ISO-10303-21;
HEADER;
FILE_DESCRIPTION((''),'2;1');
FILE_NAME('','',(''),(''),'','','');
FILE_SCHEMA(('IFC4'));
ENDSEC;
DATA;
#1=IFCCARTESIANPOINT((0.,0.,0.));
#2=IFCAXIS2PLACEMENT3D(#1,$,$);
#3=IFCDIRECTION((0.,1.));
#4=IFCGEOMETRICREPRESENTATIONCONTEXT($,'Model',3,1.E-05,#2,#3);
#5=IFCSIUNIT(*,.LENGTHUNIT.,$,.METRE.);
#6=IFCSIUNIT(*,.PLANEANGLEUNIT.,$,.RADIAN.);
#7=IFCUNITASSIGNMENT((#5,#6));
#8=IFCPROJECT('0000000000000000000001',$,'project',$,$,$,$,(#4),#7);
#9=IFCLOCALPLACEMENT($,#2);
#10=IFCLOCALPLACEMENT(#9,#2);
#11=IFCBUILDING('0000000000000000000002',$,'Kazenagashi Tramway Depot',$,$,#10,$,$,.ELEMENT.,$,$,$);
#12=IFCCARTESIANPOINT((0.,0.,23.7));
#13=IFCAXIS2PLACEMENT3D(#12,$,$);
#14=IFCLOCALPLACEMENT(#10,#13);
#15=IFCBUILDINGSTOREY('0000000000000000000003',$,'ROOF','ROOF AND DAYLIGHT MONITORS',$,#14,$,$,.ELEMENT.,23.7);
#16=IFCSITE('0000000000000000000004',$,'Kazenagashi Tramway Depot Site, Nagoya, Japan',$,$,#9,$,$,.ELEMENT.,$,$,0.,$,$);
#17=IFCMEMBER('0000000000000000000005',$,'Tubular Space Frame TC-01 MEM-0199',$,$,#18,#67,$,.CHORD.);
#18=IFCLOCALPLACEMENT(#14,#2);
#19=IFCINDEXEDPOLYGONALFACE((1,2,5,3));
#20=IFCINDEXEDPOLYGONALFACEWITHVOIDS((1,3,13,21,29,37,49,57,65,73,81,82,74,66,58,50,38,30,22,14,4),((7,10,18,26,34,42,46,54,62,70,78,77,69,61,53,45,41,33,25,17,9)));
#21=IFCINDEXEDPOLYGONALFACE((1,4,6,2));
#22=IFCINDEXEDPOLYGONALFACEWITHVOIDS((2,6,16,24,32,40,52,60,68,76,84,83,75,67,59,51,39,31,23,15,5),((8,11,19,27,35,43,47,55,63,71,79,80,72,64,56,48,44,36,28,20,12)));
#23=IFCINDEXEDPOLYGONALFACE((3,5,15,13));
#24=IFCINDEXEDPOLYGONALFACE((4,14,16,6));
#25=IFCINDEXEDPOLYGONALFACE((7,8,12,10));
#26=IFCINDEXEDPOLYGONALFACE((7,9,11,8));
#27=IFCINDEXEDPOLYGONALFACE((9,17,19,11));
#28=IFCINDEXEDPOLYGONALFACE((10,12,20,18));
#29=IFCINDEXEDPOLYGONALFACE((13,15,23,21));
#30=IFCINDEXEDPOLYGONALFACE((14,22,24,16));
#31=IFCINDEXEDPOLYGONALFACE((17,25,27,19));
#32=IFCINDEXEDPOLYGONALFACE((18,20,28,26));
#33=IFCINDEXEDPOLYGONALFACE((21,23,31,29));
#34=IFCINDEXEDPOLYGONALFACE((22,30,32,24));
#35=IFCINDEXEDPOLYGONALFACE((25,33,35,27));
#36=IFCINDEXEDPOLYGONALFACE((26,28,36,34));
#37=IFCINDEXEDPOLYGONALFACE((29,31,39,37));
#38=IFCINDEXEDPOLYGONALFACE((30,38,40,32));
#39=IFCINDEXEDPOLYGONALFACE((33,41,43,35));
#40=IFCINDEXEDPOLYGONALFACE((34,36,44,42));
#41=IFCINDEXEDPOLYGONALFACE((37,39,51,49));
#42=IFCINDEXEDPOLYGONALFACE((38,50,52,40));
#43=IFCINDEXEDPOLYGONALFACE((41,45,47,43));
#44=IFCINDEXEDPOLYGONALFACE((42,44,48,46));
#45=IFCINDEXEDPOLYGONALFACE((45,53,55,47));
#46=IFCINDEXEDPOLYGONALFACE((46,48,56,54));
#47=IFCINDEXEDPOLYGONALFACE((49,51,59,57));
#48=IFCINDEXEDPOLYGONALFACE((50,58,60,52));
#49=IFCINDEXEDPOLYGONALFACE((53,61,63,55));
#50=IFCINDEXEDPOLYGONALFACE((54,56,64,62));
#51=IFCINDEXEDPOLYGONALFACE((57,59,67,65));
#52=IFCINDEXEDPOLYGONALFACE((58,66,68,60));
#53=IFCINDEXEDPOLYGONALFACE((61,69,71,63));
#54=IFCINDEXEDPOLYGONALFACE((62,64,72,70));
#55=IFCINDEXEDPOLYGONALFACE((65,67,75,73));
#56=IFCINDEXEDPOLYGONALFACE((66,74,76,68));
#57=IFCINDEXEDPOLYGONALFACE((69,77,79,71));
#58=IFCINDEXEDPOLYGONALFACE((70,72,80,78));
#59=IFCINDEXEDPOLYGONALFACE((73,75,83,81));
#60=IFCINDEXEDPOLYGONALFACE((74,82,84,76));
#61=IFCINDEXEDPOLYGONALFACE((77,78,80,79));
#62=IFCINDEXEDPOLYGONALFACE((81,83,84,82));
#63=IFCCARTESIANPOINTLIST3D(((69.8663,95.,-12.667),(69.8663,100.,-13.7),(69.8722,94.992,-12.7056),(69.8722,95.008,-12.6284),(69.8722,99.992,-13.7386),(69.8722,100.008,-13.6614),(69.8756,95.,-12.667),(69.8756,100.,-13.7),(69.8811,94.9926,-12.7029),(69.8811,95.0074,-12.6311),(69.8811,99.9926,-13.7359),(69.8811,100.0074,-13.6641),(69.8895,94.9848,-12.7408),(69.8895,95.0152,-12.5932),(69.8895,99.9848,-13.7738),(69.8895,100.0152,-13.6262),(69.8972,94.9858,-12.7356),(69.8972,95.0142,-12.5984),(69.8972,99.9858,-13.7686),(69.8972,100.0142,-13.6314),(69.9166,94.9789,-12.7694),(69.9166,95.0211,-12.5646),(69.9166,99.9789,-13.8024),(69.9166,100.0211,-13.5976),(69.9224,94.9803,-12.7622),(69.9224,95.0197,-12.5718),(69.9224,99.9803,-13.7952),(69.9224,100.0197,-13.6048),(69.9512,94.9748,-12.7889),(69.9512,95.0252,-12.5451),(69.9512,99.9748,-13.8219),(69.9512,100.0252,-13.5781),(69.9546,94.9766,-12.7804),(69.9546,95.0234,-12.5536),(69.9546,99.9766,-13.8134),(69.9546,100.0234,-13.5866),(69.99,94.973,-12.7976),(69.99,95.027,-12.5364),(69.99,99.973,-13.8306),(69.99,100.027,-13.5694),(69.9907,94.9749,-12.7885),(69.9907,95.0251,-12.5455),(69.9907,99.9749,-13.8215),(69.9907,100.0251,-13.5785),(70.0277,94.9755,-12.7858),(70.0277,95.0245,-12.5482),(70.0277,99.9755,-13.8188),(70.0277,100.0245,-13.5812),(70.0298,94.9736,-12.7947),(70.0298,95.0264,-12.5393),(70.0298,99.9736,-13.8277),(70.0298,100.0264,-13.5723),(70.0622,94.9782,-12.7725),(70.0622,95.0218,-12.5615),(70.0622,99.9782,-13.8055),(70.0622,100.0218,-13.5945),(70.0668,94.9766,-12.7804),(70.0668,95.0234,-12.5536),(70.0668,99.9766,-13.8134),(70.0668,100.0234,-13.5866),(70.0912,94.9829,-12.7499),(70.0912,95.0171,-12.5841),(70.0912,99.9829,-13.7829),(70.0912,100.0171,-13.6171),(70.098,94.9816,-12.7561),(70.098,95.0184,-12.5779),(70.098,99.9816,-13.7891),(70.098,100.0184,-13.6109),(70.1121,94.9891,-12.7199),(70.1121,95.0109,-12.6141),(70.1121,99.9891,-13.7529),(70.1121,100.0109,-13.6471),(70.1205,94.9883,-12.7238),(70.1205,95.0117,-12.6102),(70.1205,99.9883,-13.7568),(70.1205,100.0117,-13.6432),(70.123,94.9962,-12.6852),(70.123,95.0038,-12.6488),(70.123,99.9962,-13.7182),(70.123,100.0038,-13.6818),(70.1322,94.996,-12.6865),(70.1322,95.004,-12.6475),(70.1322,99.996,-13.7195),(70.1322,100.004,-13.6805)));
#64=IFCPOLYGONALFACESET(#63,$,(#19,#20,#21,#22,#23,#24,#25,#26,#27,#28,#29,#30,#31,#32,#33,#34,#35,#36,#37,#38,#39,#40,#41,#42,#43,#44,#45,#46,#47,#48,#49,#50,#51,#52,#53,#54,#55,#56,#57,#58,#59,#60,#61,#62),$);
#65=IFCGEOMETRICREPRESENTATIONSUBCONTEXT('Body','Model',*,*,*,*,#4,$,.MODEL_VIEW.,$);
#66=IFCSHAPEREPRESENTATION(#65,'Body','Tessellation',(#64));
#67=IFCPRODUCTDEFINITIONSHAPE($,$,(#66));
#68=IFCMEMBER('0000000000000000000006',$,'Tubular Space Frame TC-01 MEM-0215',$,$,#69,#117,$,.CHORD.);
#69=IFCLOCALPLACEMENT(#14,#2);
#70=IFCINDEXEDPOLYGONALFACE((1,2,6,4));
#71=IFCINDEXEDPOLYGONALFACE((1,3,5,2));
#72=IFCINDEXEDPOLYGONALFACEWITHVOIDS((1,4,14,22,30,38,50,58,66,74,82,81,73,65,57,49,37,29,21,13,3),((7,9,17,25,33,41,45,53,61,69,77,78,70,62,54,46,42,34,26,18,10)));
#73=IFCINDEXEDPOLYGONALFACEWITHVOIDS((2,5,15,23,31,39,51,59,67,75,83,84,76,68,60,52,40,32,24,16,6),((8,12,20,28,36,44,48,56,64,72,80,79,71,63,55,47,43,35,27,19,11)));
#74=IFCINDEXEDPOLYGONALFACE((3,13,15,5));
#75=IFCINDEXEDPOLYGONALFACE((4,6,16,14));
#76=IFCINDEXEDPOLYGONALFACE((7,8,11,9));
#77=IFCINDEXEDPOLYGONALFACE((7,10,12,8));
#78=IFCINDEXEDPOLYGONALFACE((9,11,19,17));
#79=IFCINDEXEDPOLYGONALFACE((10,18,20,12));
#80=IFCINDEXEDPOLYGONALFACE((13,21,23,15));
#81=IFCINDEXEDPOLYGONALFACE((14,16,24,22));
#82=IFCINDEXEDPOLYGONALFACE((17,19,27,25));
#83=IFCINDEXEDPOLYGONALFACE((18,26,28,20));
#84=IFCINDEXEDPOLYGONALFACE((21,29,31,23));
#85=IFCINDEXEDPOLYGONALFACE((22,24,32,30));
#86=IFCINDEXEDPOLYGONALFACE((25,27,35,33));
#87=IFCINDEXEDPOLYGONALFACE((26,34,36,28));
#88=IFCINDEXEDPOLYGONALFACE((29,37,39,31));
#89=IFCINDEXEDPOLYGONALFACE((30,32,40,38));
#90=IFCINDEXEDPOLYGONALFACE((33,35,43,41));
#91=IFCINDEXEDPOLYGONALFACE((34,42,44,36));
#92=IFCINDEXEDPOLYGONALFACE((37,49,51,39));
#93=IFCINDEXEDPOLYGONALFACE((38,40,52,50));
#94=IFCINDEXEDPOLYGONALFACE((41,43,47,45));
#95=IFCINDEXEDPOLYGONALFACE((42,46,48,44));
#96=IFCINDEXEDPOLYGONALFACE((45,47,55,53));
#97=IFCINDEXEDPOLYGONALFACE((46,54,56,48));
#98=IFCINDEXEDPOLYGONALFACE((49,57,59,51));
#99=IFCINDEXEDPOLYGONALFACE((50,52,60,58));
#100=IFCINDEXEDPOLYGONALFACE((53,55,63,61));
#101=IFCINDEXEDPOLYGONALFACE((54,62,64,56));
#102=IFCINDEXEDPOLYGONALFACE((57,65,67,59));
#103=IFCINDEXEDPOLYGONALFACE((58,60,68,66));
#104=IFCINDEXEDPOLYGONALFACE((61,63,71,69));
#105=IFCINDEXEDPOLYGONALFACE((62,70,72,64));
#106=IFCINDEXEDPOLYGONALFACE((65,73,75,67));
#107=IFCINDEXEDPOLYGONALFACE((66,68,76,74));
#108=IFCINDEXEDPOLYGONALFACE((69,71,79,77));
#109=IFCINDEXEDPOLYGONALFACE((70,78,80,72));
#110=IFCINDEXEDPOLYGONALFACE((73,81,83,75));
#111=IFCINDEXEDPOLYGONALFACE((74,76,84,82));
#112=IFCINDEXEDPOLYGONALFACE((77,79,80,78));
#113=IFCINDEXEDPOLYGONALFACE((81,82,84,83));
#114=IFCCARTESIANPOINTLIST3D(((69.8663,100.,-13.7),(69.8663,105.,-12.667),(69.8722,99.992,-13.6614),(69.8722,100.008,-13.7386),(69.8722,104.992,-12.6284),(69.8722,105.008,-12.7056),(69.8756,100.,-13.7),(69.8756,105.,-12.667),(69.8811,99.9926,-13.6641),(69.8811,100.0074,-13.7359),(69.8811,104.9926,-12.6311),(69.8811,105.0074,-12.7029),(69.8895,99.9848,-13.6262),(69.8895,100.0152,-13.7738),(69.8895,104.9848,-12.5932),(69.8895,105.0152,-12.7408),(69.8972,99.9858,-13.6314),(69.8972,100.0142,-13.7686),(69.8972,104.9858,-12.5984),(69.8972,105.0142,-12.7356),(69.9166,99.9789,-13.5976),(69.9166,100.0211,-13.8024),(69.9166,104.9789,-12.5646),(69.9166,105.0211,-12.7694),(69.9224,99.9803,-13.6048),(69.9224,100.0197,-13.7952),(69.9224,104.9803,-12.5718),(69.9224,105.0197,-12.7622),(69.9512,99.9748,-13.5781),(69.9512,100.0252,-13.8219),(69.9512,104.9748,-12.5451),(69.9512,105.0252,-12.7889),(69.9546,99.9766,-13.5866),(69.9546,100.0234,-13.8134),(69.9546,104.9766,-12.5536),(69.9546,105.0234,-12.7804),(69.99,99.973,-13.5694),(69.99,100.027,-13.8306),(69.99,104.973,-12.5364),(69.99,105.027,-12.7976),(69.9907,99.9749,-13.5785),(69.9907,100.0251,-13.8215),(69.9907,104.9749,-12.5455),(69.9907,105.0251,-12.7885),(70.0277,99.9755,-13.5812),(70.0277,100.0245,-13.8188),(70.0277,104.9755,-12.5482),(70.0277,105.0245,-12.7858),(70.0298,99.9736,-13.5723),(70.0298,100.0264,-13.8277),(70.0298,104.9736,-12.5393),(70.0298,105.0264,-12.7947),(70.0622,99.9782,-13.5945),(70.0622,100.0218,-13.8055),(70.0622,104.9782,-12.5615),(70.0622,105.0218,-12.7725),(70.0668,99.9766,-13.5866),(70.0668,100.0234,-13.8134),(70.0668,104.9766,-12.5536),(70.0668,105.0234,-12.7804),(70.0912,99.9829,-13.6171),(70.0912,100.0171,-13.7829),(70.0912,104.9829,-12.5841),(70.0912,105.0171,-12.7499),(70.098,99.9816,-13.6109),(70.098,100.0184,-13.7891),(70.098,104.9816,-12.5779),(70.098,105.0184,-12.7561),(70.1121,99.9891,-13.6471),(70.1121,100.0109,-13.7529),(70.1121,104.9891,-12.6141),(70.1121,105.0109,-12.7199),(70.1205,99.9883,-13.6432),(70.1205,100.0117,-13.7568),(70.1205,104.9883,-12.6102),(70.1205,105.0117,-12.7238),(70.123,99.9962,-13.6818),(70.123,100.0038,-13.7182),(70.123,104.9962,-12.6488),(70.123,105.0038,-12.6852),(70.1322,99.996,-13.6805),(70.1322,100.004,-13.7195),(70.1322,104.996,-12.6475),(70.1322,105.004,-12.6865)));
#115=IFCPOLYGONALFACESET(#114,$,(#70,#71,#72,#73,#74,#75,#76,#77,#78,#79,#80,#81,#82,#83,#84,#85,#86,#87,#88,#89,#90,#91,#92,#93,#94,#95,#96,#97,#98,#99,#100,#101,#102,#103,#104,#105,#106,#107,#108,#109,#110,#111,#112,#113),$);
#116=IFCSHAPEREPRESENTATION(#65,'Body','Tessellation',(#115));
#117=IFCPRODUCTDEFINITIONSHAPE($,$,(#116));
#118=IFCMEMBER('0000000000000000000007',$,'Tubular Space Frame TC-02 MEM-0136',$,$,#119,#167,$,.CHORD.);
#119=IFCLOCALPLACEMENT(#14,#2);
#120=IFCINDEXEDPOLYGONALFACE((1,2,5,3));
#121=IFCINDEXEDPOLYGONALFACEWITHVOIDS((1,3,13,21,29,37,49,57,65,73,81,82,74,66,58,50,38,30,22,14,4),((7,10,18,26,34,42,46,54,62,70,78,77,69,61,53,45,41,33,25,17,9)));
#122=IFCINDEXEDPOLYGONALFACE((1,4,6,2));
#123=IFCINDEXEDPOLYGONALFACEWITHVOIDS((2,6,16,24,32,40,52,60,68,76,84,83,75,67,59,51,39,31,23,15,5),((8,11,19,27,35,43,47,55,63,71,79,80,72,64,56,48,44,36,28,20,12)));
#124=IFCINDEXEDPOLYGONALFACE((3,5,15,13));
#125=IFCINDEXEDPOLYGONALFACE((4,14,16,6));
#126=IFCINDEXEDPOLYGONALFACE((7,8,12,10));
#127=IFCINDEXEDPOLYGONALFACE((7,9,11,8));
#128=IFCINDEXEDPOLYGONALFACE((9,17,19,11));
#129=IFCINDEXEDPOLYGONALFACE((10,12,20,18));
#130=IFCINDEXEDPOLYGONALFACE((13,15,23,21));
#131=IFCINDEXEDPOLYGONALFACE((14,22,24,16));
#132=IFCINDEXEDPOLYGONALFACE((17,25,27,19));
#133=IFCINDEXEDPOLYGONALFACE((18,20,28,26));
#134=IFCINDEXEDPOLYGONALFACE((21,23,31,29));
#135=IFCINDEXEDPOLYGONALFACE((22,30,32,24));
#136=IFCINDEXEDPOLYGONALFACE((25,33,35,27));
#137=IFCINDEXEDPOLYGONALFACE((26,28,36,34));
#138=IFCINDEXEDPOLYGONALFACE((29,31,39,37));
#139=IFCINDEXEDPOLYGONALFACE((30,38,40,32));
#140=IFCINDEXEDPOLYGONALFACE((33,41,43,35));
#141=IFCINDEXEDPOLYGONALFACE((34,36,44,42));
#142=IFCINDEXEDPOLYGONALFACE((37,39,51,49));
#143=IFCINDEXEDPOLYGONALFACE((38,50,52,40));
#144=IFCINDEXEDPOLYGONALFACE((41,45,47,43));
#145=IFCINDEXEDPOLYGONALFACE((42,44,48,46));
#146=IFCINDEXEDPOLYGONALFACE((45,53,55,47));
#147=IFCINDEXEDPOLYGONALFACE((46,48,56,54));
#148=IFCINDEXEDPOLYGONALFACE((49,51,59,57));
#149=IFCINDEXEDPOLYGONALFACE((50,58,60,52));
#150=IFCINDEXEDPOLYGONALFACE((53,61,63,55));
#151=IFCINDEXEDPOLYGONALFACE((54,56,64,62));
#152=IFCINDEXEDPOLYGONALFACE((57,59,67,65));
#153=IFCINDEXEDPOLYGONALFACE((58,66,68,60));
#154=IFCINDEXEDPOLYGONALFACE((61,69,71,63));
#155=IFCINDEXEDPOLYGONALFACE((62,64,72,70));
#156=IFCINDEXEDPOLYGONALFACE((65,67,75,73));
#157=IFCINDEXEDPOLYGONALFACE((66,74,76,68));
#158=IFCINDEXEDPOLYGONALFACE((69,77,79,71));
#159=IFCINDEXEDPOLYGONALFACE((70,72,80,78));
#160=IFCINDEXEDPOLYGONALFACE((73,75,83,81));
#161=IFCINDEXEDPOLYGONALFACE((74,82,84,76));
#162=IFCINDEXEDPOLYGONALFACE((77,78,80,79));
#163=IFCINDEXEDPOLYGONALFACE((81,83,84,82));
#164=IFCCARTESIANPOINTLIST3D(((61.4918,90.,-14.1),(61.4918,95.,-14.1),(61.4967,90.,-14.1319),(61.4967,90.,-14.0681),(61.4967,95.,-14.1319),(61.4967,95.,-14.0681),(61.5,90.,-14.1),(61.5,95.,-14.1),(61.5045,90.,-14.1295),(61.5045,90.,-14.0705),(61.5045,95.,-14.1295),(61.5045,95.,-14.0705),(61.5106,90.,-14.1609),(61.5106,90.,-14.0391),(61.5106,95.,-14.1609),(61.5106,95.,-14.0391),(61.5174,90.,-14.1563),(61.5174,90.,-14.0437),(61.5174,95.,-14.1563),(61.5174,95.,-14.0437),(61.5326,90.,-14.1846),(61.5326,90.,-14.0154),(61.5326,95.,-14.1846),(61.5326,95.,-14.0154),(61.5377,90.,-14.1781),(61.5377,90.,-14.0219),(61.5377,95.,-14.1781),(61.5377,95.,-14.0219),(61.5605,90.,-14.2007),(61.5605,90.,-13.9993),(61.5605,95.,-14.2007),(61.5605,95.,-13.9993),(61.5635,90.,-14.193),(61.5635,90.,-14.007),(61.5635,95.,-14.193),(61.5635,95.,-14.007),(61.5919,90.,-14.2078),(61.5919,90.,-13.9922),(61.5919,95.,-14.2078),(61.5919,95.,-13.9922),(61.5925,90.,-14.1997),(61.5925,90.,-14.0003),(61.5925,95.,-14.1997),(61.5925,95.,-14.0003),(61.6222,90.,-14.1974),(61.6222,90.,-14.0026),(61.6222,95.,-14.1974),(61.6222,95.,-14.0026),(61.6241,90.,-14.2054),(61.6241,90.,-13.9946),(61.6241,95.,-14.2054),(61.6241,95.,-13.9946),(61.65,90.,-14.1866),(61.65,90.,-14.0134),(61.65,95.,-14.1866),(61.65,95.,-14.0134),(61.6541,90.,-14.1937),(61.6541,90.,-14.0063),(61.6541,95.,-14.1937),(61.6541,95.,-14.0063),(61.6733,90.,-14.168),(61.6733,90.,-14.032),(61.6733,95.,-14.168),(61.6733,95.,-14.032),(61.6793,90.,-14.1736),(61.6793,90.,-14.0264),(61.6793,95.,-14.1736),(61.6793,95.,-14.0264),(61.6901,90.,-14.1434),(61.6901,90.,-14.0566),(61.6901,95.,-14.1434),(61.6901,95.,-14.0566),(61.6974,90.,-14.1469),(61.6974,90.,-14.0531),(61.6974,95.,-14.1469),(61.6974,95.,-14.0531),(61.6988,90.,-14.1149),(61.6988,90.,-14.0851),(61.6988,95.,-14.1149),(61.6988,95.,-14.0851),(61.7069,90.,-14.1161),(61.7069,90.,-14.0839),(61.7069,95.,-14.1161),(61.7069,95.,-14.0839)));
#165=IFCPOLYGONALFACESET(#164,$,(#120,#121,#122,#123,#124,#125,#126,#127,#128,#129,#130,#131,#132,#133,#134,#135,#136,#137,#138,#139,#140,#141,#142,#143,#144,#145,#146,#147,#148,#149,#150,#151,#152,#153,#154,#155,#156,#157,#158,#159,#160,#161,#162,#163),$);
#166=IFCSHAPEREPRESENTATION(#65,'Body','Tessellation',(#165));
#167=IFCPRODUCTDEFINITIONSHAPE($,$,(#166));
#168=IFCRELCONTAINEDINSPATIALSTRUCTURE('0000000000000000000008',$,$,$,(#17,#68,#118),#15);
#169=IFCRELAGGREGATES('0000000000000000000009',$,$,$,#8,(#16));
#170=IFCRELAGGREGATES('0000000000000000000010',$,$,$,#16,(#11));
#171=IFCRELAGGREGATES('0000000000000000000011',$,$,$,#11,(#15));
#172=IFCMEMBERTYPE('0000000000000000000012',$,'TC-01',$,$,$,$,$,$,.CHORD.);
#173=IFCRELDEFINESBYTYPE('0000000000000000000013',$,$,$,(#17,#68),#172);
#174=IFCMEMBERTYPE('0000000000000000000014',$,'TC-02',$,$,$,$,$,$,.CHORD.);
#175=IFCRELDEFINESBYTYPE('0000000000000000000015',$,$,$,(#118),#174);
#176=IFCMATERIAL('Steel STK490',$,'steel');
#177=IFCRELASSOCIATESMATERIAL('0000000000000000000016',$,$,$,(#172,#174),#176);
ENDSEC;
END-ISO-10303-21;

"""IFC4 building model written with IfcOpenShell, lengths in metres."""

from ifc_helpers import new_model, si_unit, direction, frame, origin, origin_2d, place, context, subcontext, project, spatial, hollow_circle, extrude, material, material_profile, profile_set, type_object, element, save


model = new_model("IFC4")

# Units and contexts
model_context = context("Model", 3, precision=1e-05, world=origin(), true_north=direction((0.0, 1.0)))
body_context = subcontext(model_context, "Body", "Model", "MODEL_VIEW")
ifc_project = project(units=[si_unit("LENGTHUNIT", "METRE"), si_unit("PLANEANGLEUNIT", "RADIAN")], contexts=[model_context])

# Site, building, storey
site_placement = place(None, origin())
site = spatial("IfcSite", under=ifc_project, at=site_placement, Name="Kazenagashi Tramway Depot Site, Nagoya, Japan", CompositionType="ELEMENT", RefElevation=0.0)
building_placement = place(site_placement, origin())
building = spatial("IfcBuilding", under=site, at=building_placement, Name="Kazenagashi Tramway Depot", CompositionType="ELEMENT")
storey_placement = place(building_placement, frame((0.0, 0.0, 23.7)))
storey = spatial("IfcBuildingStorey", under=building, at=storey_placement, Name="ROOF", Description="ROOF AND DAYLIGHT MONITORS", CompositionType="ELEMENT", Elevation=23.7)

# Members
ifc_material_1 = material(Name="Steel STK490", Category="steel")
ifc_material_profile_1 = material_profile(ifc_material_1, hollow_circle(Radius=0.1337, WallThickness=0.0093, at=origin_2d()), Name="CHS-267.4x9.3")
ifc_profile_set_1 = profile_set([ifc_material_profile_1], Name="Steel STK490")
member_type_1 = type_object("IfcMemberType", Name="TC-01", PredefinedType="CHORD", material=ifc_profile_set_1)
for number, where, z_axis, x_axis, name in (
    (1, (70.0, 95.0, -12.667), (0.0, 0.979318, -0.202327), (-1.0, 0.0, 0.0), "Tubular Space Frame TC-01 MEM-0199"),
    (2, (70.0, 100.0, -13.7), (0.0, 0.979318, 0.202327), (-1.0, 0.0, 0.0), "Tubular Space Frame TC-01 MEM-0215"),
):
    element("IfcMember", number, at=place(storey_placement, frame(where, z_axis=z_axis, x_axis=x_axis)), inside=storey, type_object=member_type_1, Name=name, PredefinedType="CHORD", context=body_context, shape_type="SweptSolid", body=[
        extrude(hollow_circle(Radius=0.1337, WallThickness=0.0093, at=origin_2d()), origin(), (0.0, 0.0, 1.0), 5.1056),
    ])
ifc_material_profile_2 = material_profile(ifc_material_1, hollow_circle(Radius=0.1081, WallThickness=0.0082, at=origin_2d()), Name="CHS-216.3x8.2")
ifc_profile_set_2 = profile_set([ifc_material_profile_2], Name="Steel STK490")
member_type_2 = type_object("IfcMemberType", Name="TC-02", PredefinedType="CHORD", material=ifc_profile_set_2)
for number, where, z_axis, x_axis, name in (
    (3, (61.6, 90.0, -14.1), (0.0, 1.0, 0.0), (-1.0, 0.0, 0.0), "Tubular Space Frame TC-02 MEM-0136"),
):
    element("IfcMember", number, at=place(storey_placement, frame(where, z_axis=z_axis, x_axis=x_axis)), inside=storey, type_object=member_type_2, Name=name, PredefinedType="CHORD", context=body_context, shape_type="SweptSolid", body=[
        extrude(hollow_circle(Radius=0.1081, WallThickness=0.0082, at=origin_2d()), origin(), (0.0, 0.0, 1.0), 5.0),
    ])

save(model, "model.ifc")
